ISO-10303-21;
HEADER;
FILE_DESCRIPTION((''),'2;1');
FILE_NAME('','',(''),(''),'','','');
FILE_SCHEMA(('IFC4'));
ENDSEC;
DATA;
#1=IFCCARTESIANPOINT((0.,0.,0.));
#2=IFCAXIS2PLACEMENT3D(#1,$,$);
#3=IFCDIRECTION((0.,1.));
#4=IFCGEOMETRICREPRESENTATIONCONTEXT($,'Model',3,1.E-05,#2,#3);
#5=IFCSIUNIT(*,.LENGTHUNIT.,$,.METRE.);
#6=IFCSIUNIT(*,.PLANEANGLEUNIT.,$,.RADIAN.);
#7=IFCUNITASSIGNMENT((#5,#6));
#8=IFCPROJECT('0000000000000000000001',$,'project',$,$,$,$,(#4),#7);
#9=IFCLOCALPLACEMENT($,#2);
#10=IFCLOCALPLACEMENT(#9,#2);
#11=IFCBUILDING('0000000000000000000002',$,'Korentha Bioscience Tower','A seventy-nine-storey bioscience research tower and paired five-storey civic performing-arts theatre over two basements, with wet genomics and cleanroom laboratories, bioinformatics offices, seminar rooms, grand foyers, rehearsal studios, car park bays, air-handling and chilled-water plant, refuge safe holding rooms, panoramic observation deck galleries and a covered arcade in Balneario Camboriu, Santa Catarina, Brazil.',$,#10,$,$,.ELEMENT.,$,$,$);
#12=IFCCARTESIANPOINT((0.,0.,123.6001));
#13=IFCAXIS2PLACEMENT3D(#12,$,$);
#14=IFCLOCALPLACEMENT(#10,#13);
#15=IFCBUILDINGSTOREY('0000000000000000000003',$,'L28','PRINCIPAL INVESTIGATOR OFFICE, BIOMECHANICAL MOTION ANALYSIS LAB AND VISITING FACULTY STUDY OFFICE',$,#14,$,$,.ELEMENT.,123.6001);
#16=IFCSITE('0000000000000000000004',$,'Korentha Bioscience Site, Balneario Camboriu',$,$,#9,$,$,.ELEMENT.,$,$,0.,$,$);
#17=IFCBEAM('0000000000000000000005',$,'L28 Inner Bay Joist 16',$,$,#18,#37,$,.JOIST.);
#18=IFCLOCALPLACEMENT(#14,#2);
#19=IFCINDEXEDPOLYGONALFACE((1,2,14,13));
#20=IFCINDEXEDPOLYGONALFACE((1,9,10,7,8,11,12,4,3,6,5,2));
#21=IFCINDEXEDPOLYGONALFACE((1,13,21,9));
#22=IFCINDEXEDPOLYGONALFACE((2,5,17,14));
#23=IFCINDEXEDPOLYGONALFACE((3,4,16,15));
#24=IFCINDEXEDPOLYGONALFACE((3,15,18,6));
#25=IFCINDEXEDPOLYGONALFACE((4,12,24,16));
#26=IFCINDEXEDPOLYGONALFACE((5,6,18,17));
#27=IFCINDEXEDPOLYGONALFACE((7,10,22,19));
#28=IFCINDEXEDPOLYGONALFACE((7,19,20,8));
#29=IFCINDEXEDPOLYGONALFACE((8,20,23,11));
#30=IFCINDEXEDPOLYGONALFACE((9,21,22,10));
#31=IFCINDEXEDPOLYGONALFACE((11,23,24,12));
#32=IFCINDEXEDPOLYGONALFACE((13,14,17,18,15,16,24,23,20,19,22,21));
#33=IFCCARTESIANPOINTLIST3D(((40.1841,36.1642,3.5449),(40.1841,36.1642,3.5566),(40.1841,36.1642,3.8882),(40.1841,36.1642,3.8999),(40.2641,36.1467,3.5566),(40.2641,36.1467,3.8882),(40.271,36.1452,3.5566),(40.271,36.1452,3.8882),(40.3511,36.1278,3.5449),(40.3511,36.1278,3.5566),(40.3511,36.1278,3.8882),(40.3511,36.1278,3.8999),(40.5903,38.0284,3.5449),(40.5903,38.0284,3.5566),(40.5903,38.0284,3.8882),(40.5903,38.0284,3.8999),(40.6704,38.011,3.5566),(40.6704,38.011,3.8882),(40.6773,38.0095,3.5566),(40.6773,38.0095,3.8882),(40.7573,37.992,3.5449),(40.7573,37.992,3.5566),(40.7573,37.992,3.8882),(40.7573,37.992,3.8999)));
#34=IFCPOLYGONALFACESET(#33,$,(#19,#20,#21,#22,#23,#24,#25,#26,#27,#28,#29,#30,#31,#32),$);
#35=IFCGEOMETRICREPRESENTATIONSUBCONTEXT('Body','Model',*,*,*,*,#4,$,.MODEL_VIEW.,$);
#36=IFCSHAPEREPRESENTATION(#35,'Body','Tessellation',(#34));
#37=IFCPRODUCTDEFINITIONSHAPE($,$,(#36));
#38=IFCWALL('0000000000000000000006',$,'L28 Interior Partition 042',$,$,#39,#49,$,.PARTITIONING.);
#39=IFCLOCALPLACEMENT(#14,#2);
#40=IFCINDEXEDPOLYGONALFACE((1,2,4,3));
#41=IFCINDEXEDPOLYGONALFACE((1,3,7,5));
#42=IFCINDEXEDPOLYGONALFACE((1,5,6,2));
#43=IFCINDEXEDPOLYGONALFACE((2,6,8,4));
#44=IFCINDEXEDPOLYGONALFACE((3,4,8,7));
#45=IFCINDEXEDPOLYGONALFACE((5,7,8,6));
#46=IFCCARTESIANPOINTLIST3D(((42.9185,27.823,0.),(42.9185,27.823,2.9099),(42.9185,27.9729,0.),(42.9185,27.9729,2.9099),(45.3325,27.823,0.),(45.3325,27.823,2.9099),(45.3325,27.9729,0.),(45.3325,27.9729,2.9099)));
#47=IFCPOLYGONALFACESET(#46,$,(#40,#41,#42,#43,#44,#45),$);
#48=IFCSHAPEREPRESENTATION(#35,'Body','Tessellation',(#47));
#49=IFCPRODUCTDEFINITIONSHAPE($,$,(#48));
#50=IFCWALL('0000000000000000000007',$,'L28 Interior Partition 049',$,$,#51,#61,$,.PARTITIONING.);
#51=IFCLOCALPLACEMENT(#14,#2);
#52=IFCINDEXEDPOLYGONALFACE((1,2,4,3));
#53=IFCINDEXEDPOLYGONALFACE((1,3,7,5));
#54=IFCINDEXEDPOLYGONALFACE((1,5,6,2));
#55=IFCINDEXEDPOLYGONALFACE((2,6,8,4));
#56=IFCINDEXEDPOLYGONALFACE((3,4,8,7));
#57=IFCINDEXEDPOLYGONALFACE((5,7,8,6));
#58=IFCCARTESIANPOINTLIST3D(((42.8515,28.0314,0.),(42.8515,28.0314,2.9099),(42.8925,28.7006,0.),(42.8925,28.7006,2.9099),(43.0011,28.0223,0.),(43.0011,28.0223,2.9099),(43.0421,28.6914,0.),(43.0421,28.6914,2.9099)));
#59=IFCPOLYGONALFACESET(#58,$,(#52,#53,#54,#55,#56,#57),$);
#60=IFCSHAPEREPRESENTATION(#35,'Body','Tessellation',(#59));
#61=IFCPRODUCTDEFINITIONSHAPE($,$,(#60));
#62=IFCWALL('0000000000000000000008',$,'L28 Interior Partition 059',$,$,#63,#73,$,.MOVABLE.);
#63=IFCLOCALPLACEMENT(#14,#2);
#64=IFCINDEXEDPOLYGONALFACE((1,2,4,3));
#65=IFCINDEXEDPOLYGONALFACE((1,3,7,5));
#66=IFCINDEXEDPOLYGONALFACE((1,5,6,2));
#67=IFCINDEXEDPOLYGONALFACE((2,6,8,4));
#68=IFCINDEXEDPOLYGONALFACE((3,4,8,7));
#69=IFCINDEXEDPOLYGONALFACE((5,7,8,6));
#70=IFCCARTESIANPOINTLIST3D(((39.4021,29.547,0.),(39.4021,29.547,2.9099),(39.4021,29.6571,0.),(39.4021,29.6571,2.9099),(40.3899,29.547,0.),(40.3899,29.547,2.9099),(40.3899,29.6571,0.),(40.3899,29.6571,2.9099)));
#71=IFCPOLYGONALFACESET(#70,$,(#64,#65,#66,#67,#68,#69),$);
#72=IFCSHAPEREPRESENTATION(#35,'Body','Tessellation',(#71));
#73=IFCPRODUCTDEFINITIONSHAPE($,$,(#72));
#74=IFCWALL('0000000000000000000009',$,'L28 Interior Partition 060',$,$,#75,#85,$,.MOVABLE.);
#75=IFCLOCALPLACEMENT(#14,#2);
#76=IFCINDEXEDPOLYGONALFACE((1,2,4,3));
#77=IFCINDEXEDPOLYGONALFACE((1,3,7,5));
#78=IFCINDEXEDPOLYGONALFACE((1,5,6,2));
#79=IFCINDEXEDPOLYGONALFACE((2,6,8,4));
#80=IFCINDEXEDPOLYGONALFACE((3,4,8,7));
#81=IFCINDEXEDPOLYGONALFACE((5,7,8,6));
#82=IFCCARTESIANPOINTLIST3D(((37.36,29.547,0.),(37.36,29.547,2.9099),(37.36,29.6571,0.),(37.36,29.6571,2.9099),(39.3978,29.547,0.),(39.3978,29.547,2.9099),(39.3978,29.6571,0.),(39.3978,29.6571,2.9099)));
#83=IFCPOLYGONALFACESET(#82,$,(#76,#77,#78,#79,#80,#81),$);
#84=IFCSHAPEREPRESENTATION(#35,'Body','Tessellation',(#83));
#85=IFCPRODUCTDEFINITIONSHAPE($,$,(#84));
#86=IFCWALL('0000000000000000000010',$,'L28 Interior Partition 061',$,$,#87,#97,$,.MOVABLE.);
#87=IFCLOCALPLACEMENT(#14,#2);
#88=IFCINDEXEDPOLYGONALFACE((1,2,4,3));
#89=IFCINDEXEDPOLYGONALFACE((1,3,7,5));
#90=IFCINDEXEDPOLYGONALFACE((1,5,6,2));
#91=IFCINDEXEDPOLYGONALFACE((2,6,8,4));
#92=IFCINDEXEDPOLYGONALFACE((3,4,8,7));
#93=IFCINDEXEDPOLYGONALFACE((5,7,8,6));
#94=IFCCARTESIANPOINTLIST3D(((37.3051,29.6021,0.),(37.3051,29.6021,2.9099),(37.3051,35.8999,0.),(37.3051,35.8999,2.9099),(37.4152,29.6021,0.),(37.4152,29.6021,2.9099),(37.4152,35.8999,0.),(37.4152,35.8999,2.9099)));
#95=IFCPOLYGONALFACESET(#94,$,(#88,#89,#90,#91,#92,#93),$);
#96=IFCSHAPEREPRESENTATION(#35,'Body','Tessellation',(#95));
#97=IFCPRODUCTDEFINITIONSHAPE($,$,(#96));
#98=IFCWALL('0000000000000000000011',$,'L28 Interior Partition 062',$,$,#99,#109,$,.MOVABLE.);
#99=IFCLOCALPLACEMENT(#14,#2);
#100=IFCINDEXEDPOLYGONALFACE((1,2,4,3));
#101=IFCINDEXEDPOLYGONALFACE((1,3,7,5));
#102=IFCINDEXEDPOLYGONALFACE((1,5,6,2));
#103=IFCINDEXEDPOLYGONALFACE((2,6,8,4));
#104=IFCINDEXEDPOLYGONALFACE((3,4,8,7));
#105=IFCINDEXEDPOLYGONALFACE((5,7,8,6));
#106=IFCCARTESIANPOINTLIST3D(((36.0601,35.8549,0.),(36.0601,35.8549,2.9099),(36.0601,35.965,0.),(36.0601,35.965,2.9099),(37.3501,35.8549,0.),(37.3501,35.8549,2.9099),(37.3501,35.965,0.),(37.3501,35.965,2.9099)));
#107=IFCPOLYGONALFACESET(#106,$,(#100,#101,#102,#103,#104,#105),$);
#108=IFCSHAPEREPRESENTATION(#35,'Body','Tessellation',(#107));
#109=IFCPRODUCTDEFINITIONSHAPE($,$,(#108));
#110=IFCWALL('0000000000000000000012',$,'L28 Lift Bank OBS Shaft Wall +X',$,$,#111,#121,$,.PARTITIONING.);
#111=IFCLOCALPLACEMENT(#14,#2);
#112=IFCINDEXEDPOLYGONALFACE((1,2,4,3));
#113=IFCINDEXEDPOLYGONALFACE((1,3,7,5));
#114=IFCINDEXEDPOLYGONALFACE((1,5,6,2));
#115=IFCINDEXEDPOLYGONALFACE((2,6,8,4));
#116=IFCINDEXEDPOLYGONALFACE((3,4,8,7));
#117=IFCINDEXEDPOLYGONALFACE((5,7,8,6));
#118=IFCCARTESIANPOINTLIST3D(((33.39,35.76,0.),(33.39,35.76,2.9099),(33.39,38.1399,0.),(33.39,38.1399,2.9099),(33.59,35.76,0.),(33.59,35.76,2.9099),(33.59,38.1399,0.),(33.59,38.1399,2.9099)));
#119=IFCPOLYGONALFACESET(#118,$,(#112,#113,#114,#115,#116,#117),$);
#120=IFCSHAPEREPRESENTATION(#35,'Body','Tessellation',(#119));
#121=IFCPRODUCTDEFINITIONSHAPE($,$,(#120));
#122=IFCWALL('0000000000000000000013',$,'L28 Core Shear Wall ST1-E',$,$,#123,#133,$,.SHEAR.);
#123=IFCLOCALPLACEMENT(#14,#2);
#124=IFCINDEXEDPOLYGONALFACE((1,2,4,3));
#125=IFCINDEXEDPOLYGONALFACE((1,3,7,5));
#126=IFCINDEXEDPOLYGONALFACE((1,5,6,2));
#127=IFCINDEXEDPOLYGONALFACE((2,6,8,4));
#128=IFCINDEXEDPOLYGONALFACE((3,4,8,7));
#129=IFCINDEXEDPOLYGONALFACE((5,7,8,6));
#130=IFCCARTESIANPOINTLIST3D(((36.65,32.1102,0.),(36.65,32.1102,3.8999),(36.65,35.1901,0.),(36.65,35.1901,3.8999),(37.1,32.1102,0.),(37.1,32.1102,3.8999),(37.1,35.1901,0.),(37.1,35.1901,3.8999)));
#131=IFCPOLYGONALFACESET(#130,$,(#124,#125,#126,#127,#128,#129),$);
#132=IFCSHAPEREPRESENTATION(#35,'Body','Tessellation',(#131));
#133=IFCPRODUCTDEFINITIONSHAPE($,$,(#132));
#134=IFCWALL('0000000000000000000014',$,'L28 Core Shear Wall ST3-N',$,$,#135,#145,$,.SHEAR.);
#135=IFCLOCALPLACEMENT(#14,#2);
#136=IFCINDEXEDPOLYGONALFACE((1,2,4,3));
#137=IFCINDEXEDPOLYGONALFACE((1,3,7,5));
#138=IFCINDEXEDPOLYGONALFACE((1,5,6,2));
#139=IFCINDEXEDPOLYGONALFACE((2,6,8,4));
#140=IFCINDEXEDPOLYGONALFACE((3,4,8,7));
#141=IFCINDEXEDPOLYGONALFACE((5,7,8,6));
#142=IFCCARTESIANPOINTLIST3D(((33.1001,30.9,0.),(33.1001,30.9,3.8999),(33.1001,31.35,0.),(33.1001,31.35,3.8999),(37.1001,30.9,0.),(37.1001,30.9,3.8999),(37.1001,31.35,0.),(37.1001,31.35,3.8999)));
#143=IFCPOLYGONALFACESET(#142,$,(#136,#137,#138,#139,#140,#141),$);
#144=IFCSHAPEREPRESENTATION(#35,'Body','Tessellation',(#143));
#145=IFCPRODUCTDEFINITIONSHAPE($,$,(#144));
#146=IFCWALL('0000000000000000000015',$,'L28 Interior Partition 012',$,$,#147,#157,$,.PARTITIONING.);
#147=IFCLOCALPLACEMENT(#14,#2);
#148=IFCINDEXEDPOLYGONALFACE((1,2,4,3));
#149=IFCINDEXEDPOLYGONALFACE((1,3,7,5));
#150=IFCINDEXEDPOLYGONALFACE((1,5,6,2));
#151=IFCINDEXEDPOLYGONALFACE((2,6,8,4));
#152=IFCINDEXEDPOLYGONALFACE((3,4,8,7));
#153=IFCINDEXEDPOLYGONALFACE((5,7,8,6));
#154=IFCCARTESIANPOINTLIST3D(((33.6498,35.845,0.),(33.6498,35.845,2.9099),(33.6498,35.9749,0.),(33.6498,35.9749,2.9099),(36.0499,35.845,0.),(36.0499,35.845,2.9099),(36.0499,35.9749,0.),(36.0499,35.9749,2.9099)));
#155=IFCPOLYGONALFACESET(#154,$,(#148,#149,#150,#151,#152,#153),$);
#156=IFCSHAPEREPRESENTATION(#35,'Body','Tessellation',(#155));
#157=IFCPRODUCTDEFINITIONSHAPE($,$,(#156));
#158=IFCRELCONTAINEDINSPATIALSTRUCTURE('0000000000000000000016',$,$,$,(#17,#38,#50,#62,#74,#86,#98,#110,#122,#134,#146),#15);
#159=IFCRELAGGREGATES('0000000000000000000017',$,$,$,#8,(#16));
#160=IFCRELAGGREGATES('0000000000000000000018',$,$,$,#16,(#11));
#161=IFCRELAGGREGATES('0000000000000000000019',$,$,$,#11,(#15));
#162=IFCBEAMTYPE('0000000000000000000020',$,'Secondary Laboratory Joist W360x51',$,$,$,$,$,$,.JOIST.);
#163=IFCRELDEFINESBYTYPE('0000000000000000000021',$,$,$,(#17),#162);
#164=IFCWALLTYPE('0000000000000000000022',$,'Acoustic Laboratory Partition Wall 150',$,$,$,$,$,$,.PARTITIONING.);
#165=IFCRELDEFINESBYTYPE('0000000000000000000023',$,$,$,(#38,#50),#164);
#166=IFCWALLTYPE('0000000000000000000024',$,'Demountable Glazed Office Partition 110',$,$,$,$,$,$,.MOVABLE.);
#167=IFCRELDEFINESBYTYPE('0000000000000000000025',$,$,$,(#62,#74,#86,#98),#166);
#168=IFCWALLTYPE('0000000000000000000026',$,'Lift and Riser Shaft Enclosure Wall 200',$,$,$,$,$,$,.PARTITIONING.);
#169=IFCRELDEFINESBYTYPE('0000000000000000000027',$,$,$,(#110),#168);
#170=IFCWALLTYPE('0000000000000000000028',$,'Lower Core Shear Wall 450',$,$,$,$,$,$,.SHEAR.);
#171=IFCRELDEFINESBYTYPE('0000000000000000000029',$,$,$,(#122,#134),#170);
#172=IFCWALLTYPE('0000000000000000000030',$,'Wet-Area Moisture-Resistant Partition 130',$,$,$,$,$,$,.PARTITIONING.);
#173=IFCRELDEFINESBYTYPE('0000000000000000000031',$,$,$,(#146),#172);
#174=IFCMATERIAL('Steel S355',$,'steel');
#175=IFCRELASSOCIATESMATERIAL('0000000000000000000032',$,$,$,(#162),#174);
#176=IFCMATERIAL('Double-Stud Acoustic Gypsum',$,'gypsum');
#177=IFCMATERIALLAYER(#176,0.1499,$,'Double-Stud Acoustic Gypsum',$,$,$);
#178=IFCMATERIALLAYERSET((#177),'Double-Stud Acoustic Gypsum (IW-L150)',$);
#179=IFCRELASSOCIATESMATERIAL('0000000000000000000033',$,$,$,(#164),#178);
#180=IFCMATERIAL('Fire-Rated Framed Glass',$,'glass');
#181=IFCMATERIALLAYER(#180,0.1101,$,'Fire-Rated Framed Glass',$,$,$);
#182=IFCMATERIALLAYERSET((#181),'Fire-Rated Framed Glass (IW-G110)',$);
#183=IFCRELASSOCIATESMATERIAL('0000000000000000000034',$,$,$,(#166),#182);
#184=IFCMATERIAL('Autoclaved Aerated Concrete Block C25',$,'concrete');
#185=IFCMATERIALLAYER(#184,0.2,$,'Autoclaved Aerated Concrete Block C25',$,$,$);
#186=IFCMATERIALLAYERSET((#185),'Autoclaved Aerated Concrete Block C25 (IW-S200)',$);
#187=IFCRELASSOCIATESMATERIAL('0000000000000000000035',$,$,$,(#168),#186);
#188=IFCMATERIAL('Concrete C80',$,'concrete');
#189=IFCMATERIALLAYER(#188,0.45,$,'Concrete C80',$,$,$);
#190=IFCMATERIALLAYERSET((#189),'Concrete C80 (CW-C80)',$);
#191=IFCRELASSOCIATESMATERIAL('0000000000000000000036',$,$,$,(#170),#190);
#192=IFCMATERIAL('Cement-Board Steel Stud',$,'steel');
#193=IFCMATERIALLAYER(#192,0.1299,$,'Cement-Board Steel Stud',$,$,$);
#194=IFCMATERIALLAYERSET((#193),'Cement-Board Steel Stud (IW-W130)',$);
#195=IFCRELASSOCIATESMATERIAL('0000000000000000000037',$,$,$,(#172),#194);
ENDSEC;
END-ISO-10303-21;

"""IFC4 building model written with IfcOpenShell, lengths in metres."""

from ifc_helpers import new_model, si_unit, direction, frame, frame_2d, origin, origin_2d, place, context, subcontext, project, spatial, rectangle, i_section, extrude, material, layer, layer_set, material_profile, profile_set, type_object, element, save


model = new_model("IFC4")

# Units and contexts
model_context = context("Model", 3, precision=1e-05, world=origin(), true_north=direction((0.0, 1.0)))
body_context = subcontext(model_context, "Body", "Model", "MODEL_VIEW")
ifc_project = project(units=[si_unit("LENGTHUNIT", "METRE"), si_unit("PLANEANGLEUNIT", "RADIAN")], contexts=[model_context])

# Site, building, storey
site_placement = place(None, origin())
site = spatial("IfcSite", under=ifc_project, at=site_placement, Name="Korentha Bioscience Site, Balneario Camboriu", CompositionType="ELEMENT", RefElevation=0.0)
building_placement = place(site_placement, origin())
building = spatial("IfcBuilding", under=site, at=building_placement, Name="Korentha Bioscience Tower", Description="A seventy-nine-storey bioscience research tower and paired five-storey civic performing-arts theatre over two basements, with wet genomics and cleanroom laboratories, bioinformatics offices, seminar rooms, grand foyers, rehearsal studios, car park bays, air-handling and chilled-water plant, refuge safe holding rooms, panoramic observation deck galleries and a covered arcade in Balneario Camboriu, Santa Catarina, Brazil.", CompositionType="ELEMENT")
storey_placement = place(building_placement, frame((0.0, 0.0, 123.6001)))
storey = spatial("IfcBuildingStorey", under=building, at=storey_placement, Name="L28", Description="PRINCIPAL INVESTIGATOR OFFICE, BIOMECHANICAL MOTION ANALYSIS LAB AND VISITING FACULTY STUDY OFFICE", CompositionType="ELEMENT", Elevation=123.6001)

# Shared definitions
ifc_material_1 = material(Name="Concrete C80", Category="concrete")

# Beam
ifc_material_2 = material(Name="Steel S355", Category="steel")
ifc_material_profile_1 = material_profile(ifc_material_2, i_section(OverallWidth=0.1709, OverallDepth=0.355, WebThickness=0.0071, FlangeThickness=0.0117, at=origin_2d()), Name="Steel S355")
ifc_profile_set_1 = profile_set([ifc_material_profile_1], Name="Steel S355 (JB-360)")
beam_type_1 = type_object("IfcBeamType", Name="Secondary Laboratory Joist W360x51", PredefinedType="JOIST", material=ifc_profile_set_1)
beam_1_placement = place(storey_placement, frame((40.2676, 36.146, 3.7224), z_axis=(0.212918, 0.97707, 0.0), x_axis=(-0.97707, 0.212918, 0.0)))
element("IfcBeam", 1, at=beam_1_placement, inside=storey, type_object=beam_type_1, Name="L28 Inner Bay Joist 16", PredefinedType="JOIST", context=body_context, shape_type="SweptSolid", body=[
    extrude(i_section(OverallWidth=0.1709, OverallDepth=0.355, WebThickness=0.0071, FlangeThickness=0.0117, at=origin_2d()), origin(), (0.0, 0.0, 1.0), 1.908),
])

# Walls
ifc_material_3 = material(Name="Double-Stud Acoustic Gypsum", Category="gypsum")
ifc_layer_1 = layer(ifc_material_3, 0.1499, Name="Double-Stud Acoustic Gypsum")
ifc_layer_set_1 = layer_set([ifc_layer_1], Name="Double-Stud Acoustic Gypsum (IW-L150)")
wall_type_1 = type_object("IfcWallType", Name="Acoustic Laboratory Partition Wall 150", PredefinedType="PARTITIONING", material=ifc_layer_set_1)
wall_1_placement = place(storey_placement, frame((42.9185, 27.8979, 0.0), z_axis=(0.0, 0.0, 1.0), x_axis=(1.0, 0.0, 0.0)))
element("IfcWall", 2, at=wall_1_placement, inside=storey, type_object=wall_type_1, Name="L28 Interior Partition 042", PredefinedType="PARTITIONING", context=body_context, shape_type="SweptSolid", body=[
    extrude(rectangle(XDim=2.4141, YDim=0.1499, at=frame_2d((1.207, 0.0))), origin(), (0.0, 0.0, 1.0), 2.9099),
])
wall_2_placement = place(storey_placement, frame((42.9263, 28.0269, 0.0), z_axis=(0.0, 0.0, 1.0), x_axis=(0.061177, 0.998127, 0.0)))
element("IfcWall", 3, at=wall_2_placement, inside=storey, type_object=wall_type_1, Name="L28 Interior Partition 049", PredefinedType="PARTITIONING", context=body_context, shape_type="SweptSolid", body=[
    extrude(rectangle(XDim=0.6704, YDim=0.1499, at=frame_2d((0.3352, 0.0))), origin(), (0.0, 0.0, 1.0), 2.9099),
])
ifc_material_4 = material(Name="Fire-Rated Framed Glass", Category="glass")
ifc_layer_2 = layer(ifc_material_4, 0.1101, Name="Fire-Rated Framed Glass")
ifc_layer_set_2 = layer_set([ifc_layer_2], Name="Fire-Rated Framed Glass (IW-G110)")
wall_type_2 = type_object("IfcWallType", Name="Demountable Glazed Office Partition 110", PredefinedType="MOVABLE", material=ifc_layer_set_2)
wall_3_placement = place(storey_placement, frame((40.3899, 29.6021, 0.0), z_axis=(0.0, 0.0, 1.0), x_axis=(-1.0, 0.0, 0.0)))
element("IfcWall", 4, at=wall_3_placement, inside=storey, type_object=wall_type_2, Name="L28 Interior Partition 059", PredefinedType="MOVABLE", context=body_context, shape_type="SweptSolid", body=[
    extrude(rectangle(XDim=0.9878, YDim=0.1101, at=frame_2d((0.4939, 0.0))), origin(), (0.0, 0.0, 1.0), 2.9099),
])
wall_4_placement = place(storey_placement, frame((39.3979, 29.6021, 0.0), z_axis=(0.0, 0.0, 1.0), x_axis=(-1.0, 0.0, 0.0)))
element("IfcWall", 5, at=wall_4_placement, inside=storey, type_object=wall_type_2, Name="L28 Interior Partition 060", PredefinedType="MOVABLE", context=body_context, shape_type="SweptSolid", body=[
    extrude(rectangle(XDim=2.0378, YDim=0.1101, at=frame_2d((1.019, 0.0))), origin(), (0.0, 0.0, 1.0), 2.9099),
])
wall_5_placement = place(storey_placement, frame((37.3601, 29.6021, 0.0), z_axis=(0.0, 0.0, 1.0), x_axis=(0.0, 1.0, 0.0)))
element("IfcWall", 6, at=wall_5_placement, inside=storey, type_object=wall_type_2, Name="L28 Interior Partition 061", PredefinedType="MOVABLE", context=body_context, shape_type="SweptSolid", body=[
    extrude(rectangle(XDim=6.2979, YDim=0.1101, at=frame_2d((3.1489, 0.0))), origin(), (0.0, 0.0, 1.0), 2.9099),
])
wall_6_placement = place(storey_placement, frame((37.3501, 35.9099, 0.0), z_axis=(0.0, 0.0, 1.0), x_axis=(-1.0, 0.0, 0.0)))
element("IfcWall", 7, at=wall_6_placement, inside=storey, type_object=wall_type_2, Name="L28 Interior Partition 062", PredefinedType="MOVABLE", context=body_context, shape_type="SweptSolid", body=[
    extrude(rectangle(XDim=1.29, YDim=0.1101, at=frame_2d((0.645, 0.0))), origin(), (0.0, 0.0, 1.0), 2.9099),
])
ifc_material_5 = material(Name="Autoclaved Aerated Concrete Block C25", Category="concrete")
ifc_layer_3 = layer(ifc_material_5, 0.2, Name="Autoclaved Aerated Concrete Block C25")
ifc_layer_set_3 = layer_set([ifc_layer_3], Name="Autoclaved Aerated Concrete Block C25 (IW-S200)")
wall_type_3 = type_object("IfcWallType", Name="Lift and Riser Shaft Enclosure Wall 200", PredefinedType="PARTITIONING", material=ifc_layer_set_3)
wall_7_placement = place(storey_placement, frame((33.49, 35.76, 0.0), z_axis=(0.0, 0.0, 1.0), x_axis=(0.0, 1.0, 0.0)))
element("IfcWall", 8, at=wall_7_placement, inside=storey, type_object=wall_type_3, Name="L28 Lift Bank OBS Shaft Wall +X", PredefinedType="PARTITIONING", context=body_context, shape_type="SweptSolid", body=[
    extrude(rectangle(XDim=2.3799, YDim=0.2, at=frame_2d((1.1899, 0.0))), origin(), (0.0, 0.0, 1.0), 2.9099),
])
ifc_layer_4 = layer(ifc_material_1, 0.45, Name="Concrete C80")
ifc_layer_set_4 = layer_set([ifc_layer_4], Name="Concrete C80 (CW-C80)")
wall_type_4 = type_object("IfcWallType", Name="Lower Core Shear Wall 450", PredefinedType="SHEAR", material=ifc_layer_set_4)
wall_8_placement = place(storey_placement, frame((36.875, 32.1101, 0.0), z_axis=(0.0, 0.0, 1.0), x_axis=(0.0, 1.0, 0.0)))
element("IfcWall", 9, at=wall_8_placement, inside=storey, type_object=wall_type_4, Name="L28 Core Shear Wall ST1-E", PredefinedType="SHEAR", context=body_context, shape_type="SweptSolid", body=[
    extrude(rectangle(XDim=3.0798, YDim=0.45, at=frame_2d((1.54, 0.0))), origin(), (0.0, 0.0, 1.0), 3.8999),
])
wall_9_placement = place(storey_placement, frame((33.1001, 31.125, 0.0), z_axis=(0.0, 0.0, 1.0), x_axis=(1.0, 0.0, 0.0)))
element("IfcWall", 10, at=wall_9_placement, inside=storey, type_object=wall_type_4, Name="L28 Core Shear Wall ST3-N", PredefinedType="SHEAR", context=body_context, shape_type="SweptSolid", body=[
    extrude(rectangle(XDim=4.0, YDim=0.45, at=frame_2d((2.0, 0.0))), origin(), (0.0, 0.0, 1.0), 3.8999),
])
ifc_material_6 = material(Name="Cement-Board Steel Stud", Category="steel")
ifc_layer_5 = layer(ifc_material_6, 0.1299, Name="Cement-Board Steel Stud")
ifc_layer_set_5 = layer_set([ifc_layer_5], Name="Cement-Board Steel Stud (IW-W130)")
wall_type_5 = type_object("IfcWallType", Name="Wet-Area Moisture-Resistant Partition 130", PredefinedType="PARTITIONING", material=ifc_layer_set_5)
wall_10_placement = place(storey_placement, frame((36.05, 35.9099, 0.0), z_axis=(0.0, 0.0, 1.0), x_axis=(-1.0, 0.0, 0.0)))
element("IfcWall", 11, at=wall_10_placement, inside=storey, type_object=wall_type_5, Name="L28 Interior Partition 012", PredefinedType="PARTITIONING", context=body_context, shape_type="SweptSolid", body=[
    extrude(rectangle(XDim=2.4001, YDim=0.1299, at=frame_2d((1.2002, 0.0))), origin(), (0.0, 0.0, 1.0), 2.9099),
])

save(model, "model.ifc")
